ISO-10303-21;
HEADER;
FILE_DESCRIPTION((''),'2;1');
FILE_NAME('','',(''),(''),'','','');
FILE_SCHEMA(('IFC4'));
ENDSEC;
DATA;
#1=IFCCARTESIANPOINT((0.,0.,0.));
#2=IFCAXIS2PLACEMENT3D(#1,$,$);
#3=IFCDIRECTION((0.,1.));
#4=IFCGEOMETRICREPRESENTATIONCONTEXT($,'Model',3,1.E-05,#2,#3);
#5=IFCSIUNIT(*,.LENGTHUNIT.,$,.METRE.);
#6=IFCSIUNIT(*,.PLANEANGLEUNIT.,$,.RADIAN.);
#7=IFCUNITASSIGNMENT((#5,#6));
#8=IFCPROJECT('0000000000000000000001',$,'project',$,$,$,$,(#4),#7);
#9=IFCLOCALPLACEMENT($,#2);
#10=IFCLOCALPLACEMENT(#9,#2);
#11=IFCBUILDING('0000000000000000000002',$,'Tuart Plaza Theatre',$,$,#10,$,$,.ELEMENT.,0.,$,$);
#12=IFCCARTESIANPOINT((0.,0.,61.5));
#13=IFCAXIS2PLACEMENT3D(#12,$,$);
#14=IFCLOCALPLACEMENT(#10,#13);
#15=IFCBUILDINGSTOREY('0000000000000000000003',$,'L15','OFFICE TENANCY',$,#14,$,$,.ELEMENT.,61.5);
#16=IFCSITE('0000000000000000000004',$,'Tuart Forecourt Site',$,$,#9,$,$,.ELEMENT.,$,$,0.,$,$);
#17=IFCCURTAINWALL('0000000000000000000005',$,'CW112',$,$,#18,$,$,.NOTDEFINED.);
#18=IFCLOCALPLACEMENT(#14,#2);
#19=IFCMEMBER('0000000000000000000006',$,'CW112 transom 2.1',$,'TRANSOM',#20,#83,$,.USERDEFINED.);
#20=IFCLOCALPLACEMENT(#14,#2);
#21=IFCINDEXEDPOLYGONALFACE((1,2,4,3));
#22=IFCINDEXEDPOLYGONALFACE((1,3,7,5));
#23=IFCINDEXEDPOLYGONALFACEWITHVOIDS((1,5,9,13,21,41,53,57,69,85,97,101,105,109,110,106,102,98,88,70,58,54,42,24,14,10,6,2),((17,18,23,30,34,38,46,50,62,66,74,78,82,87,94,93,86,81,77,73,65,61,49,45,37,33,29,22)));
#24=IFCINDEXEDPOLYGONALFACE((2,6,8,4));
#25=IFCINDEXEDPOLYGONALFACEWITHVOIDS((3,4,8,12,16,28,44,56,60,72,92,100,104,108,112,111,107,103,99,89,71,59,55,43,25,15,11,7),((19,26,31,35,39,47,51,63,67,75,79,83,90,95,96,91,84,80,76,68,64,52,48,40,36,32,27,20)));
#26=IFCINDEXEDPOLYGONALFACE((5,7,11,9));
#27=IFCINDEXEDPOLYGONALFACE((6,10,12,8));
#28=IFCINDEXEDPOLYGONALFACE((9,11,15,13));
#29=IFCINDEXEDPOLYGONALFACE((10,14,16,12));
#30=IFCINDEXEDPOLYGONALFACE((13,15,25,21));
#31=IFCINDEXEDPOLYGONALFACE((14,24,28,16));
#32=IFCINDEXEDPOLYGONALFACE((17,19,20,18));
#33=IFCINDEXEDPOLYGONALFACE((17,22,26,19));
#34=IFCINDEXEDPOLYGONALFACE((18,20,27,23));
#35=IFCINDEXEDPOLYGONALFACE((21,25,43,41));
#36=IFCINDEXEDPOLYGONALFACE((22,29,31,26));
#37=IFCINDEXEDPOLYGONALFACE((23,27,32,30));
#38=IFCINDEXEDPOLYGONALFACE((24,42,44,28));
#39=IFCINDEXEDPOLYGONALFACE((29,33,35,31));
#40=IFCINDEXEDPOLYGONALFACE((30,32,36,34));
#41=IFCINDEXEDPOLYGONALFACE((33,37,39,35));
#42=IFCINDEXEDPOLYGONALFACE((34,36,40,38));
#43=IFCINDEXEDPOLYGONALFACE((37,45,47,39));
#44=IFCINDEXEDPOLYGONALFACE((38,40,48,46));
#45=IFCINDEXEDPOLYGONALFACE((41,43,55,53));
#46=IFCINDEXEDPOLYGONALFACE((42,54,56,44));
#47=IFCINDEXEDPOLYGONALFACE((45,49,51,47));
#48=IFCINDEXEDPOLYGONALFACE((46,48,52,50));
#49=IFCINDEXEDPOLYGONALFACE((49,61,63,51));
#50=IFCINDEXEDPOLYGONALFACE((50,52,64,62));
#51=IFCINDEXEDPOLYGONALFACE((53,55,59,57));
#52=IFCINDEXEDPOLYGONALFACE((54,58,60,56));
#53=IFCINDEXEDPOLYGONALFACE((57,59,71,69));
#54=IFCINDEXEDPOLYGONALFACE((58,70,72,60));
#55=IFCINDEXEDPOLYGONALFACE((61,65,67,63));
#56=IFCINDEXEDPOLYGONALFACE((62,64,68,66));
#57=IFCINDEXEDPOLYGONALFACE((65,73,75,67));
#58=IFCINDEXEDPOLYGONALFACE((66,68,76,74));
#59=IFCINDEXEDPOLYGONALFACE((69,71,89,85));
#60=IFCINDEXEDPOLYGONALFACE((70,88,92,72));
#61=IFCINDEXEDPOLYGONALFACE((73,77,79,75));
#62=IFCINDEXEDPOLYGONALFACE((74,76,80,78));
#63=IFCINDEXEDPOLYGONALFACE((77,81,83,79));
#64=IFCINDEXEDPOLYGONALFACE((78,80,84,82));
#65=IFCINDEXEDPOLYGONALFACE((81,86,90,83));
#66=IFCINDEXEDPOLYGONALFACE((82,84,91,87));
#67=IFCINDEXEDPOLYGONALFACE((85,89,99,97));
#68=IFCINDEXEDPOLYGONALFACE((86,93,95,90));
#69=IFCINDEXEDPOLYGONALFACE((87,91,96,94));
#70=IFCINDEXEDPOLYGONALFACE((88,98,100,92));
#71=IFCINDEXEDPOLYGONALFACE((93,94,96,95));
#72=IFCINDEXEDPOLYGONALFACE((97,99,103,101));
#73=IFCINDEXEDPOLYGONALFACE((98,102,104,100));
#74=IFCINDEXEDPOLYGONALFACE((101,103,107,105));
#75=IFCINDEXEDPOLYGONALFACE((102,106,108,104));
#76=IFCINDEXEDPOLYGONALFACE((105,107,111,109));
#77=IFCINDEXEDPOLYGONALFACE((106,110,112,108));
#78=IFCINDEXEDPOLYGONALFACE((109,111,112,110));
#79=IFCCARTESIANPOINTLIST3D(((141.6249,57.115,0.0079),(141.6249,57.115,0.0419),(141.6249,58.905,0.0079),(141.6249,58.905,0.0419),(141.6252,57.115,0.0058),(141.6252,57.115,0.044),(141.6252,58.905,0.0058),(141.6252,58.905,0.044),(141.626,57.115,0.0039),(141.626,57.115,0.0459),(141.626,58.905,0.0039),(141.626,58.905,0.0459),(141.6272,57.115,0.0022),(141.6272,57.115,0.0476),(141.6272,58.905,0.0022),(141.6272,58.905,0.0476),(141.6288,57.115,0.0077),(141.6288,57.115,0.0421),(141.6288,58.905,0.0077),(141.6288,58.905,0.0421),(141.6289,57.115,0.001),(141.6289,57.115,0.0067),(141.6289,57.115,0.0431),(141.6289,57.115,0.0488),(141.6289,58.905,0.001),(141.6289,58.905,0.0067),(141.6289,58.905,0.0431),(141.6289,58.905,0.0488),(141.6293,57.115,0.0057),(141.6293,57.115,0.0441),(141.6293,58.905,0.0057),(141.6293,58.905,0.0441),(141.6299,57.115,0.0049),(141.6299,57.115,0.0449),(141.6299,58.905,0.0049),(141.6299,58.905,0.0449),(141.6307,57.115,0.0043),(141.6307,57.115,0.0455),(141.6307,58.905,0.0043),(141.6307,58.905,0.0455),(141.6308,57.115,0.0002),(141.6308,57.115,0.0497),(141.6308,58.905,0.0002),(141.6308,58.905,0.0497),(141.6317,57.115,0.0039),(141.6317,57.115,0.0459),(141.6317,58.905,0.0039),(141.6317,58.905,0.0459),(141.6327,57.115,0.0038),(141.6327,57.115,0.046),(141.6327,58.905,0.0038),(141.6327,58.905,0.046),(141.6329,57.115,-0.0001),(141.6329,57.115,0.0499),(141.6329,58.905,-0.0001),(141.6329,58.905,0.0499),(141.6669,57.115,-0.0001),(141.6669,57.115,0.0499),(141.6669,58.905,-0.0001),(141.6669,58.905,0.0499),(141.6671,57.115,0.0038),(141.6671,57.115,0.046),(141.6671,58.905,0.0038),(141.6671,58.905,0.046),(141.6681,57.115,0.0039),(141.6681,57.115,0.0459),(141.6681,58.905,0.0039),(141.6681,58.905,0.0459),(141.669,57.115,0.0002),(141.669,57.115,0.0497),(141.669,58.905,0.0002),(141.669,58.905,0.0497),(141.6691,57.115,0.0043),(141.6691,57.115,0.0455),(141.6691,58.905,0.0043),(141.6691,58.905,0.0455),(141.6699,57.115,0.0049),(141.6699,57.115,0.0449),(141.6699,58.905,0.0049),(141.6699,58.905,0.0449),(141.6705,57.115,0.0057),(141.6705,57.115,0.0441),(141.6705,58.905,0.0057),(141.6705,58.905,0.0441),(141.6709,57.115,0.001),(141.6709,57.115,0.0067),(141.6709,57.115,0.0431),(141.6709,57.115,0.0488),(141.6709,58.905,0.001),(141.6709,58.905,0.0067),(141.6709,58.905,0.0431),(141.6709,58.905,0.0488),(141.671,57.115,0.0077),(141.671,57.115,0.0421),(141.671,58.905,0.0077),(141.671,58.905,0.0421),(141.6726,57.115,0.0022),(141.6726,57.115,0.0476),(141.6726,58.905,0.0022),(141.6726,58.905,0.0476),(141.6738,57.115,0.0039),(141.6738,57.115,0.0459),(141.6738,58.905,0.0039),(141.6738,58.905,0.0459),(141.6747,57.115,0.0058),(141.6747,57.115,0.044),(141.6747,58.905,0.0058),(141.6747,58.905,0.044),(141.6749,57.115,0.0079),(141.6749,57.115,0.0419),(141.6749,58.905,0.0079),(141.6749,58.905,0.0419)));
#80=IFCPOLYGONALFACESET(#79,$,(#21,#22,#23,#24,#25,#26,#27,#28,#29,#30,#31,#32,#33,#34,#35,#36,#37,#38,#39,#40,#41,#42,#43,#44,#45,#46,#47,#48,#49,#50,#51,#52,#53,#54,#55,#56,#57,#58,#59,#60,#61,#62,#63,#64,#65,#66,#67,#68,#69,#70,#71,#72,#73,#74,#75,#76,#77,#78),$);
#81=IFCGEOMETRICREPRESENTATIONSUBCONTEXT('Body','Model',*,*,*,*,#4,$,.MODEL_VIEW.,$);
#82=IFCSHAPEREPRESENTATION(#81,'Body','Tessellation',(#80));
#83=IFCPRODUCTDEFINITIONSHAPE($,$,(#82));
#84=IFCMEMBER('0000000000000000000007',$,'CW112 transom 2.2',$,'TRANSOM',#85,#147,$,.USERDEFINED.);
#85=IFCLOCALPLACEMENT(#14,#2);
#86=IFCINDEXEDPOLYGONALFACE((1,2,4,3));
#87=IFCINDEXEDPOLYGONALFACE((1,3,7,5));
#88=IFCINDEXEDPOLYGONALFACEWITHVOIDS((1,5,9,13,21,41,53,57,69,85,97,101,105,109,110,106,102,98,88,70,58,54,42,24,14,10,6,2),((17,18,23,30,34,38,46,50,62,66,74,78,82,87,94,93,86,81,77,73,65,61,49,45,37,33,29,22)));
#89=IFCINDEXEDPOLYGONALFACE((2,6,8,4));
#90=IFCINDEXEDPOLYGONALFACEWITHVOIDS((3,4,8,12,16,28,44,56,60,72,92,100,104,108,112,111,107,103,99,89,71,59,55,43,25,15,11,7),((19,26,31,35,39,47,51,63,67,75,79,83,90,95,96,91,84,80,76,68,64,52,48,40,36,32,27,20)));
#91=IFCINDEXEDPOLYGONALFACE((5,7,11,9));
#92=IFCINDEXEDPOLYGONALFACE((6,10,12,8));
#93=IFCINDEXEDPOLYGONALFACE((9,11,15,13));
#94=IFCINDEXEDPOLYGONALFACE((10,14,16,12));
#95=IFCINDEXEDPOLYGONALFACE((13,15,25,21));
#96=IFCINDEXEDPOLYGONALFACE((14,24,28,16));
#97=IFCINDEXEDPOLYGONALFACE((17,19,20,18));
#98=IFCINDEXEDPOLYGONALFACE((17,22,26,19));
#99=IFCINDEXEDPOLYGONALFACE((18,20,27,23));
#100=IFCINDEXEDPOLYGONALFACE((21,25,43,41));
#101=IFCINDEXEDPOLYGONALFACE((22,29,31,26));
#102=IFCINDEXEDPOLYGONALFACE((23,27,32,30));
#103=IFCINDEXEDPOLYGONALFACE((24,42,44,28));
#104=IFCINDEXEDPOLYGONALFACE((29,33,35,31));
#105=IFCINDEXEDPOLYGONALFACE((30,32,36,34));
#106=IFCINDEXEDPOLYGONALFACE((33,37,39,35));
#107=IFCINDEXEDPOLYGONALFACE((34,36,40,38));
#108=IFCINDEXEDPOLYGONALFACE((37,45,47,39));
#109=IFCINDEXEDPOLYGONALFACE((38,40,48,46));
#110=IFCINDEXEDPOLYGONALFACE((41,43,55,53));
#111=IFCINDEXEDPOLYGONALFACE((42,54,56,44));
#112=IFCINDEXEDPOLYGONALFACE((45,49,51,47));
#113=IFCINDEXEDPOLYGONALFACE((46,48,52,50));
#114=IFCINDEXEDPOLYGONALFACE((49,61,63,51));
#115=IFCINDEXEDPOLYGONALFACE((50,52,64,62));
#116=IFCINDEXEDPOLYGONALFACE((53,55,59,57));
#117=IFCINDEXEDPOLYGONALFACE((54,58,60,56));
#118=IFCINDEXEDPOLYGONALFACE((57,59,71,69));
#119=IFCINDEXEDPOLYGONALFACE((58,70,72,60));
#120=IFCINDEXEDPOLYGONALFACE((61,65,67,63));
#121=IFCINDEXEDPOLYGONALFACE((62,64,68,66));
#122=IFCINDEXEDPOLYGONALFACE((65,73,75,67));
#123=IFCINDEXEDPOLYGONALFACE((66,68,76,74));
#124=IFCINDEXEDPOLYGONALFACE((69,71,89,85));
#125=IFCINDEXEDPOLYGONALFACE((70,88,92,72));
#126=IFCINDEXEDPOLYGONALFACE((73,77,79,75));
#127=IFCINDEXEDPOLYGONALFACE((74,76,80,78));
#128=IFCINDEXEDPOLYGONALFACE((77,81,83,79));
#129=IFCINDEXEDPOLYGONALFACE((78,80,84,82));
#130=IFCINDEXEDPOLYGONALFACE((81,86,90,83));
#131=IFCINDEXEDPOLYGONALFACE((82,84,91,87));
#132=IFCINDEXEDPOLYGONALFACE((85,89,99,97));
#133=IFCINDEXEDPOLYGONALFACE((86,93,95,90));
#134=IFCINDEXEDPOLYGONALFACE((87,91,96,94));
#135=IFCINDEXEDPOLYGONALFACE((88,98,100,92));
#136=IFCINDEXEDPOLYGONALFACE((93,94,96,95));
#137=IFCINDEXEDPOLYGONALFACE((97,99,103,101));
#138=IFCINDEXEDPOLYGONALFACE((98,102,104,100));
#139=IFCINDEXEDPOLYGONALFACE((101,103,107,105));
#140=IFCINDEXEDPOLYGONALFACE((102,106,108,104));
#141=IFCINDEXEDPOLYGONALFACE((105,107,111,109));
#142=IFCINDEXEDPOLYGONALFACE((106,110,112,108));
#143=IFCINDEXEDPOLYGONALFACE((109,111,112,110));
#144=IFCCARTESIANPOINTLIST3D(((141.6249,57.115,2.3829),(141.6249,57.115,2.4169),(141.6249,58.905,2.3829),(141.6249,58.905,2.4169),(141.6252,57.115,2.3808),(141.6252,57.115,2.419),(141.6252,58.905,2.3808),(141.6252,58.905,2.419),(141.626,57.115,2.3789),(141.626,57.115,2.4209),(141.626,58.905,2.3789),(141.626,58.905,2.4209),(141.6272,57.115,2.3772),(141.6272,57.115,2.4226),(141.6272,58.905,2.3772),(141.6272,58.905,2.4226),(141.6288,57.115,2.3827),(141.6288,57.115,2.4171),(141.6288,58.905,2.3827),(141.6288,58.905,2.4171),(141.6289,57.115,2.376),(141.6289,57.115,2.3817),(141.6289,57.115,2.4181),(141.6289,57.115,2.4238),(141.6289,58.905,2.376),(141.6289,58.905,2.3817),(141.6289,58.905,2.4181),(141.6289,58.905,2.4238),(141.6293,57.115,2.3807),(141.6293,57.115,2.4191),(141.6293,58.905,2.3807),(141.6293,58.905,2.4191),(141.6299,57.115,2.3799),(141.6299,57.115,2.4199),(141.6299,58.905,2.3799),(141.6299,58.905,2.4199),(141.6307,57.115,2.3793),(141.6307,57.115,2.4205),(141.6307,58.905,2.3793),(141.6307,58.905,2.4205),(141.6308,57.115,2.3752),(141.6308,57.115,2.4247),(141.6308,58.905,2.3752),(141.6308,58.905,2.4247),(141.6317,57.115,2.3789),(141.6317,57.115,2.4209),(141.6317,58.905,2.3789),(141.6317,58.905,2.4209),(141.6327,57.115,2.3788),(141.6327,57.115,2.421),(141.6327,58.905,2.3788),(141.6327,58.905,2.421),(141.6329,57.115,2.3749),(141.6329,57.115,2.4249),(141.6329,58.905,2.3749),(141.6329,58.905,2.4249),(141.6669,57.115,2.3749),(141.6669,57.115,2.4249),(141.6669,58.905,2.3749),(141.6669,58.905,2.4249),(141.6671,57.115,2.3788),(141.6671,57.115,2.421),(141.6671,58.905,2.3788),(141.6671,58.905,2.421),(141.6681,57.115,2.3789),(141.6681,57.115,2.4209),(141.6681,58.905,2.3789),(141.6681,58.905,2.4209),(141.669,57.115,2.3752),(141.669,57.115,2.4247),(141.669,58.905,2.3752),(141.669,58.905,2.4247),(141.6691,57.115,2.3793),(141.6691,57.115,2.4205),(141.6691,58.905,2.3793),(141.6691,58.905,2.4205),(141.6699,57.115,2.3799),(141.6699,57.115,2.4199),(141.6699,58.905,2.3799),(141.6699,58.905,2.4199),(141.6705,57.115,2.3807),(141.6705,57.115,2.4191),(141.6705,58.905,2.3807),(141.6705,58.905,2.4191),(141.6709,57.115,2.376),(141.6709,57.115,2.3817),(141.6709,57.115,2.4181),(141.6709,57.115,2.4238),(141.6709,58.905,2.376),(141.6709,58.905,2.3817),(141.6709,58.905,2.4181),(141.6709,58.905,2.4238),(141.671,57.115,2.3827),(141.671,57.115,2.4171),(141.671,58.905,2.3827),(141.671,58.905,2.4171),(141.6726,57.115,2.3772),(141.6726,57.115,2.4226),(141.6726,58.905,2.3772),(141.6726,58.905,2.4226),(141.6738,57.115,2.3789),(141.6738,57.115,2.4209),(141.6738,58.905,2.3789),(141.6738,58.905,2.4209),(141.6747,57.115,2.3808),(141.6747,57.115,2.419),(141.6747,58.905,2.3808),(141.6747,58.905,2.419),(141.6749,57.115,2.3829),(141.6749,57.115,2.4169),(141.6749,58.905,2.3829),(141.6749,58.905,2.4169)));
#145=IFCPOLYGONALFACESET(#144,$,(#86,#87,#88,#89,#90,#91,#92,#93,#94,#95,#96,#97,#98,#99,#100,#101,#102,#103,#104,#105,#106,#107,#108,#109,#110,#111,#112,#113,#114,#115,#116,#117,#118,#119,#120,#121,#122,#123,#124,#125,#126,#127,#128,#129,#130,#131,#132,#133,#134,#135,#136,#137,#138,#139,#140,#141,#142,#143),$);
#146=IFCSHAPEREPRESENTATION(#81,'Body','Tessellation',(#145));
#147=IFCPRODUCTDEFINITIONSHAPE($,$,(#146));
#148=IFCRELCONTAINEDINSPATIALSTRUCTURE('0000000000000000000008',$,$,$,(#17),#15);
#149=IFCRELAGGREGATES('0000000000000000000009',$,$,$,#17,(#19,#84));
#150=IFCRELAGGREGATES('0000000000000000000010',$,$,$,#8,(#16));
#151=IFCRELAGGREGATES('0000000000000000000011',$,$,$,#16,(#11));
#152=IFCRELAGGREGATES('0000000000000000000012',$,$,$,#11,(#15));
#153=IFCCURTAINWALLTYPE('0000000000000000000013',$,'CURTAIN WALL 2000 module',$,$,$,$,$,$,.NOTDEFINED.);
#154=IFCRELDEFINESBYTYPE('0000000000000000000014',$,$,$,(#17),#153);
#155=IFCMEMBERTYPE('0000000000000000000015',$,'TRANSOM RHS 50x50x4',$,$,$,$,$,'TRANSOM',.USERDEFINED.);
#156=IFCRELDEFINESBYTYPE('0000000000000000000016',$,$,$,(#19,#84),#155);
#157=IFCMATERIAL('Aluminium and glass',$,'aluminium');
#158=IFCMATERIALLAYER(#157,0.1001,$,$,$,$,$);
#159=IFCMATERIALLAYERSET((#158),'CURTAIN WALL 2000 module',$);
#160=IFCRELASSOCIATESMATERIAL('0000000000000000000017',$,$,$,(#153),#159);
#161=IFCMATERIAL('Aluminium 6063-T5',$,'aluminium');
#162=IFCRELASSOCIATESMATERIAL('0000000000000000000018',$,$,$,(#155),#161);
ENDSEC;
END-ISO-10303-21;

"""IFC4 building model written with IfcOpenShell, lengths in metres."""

from ifc_helpers import new_model, si_unit, direction, frame, origin, origin_2d, place, context, subcontext, project, spatial, hollow_rectangle, extrude, material, layer, layer_set, material_profile, profile_set, type_object, element, aggregate, save


model = new_model("IFC4")

# Units and contexts
model_context = context("Model", 3, precision=1e-05, world=origin(), true_north=direction((0.0, 1.0)))
body_context = subcontext(model_context, "Body", "Model", "MODEL_VIEW")
ifc_project = project(units=[si_unit("LENGTHUNIT", "METRE"), si_unit("PLANEANGLEUNIT", "RADIAN")], contexts=[model_context])

# Site, building, storey
site_placement = place(None, origin())
site = spatial("IfcSite", under=ifc_project, at=site_placement, Name="Tuart Forecourt Site", CompositionType="ELEMENT", RefElevation=0.0)
building_placement = place(site_placement, origin())
building = spatial("IfcBuilding", under=site, at=building_placement, Name="Tuart Plaza Theatre", CompositionType="ELEMENT", ElevationOfRefHeight=0.0)
storey_placement = place(building_placement, frame((0.0, 0.0, 61.5)))
storey = spatial("IfcBuildingStorey", under=building, at=storey_placement, Name="L15", Description="OFFICE TENANCY", CompositionType="ELEMENT", Elevation=61.5)

# Curtain wall
ifc_material_1 = material(Name="Aluminium and glass", Category="aluminium")
ifc_layer_1 = layer(ifc_material_1, 0.1001)
ifc_layer_set_1 = layer_set([ifc_layer_1], Name="CURTAIN WALL 2000 module")
curtain_wall_type = type_object("IfcCurtainWallType", Name="CURTAIN WALL 2000 module", PredefinedType="NOTDEFINED", material=ifc_layer_set_1)
curtain_wall_1_placement = place(storey_placement, origin())
curtain_wall_1 = element("IfcCurtainWall", 1, at=curtain_wall_1_placement, inside=storey, type_object=curtain_wall_type, Name="CW112", PredefinedType="NOTDEFINED")

# Members
ifc_material_2 = material(Name="Aluminium 6063-T5", Category="aluminium")
ifc_material_profile_1 = material_profile(ifc_material_2, hollow_rectangle(XDim=0.05, YDim=0.05, WallThickness=0.0039, InnerFilletRadius=0.0039, OuterFilletRadius=0.0081, at=origin_2d()), Name="RHS 50x50x4")
ifc_profile_set_1 = profile_set([ifc_material_profile_1], Name="Aluminium 6063-T5")
member_type_1 = type_object("IfcMemberType", Name="TRANSOM RHS 50x50x4", ElementType="TRANSOM", PredefinedType="USERDEFINED", material=ifc_profile_set_1)
member_1_placement = place(storey_placement, frame((141.6499, 57.115, 0.0249), z_axis=(0.0, 1.0, 0.0), x_axis=(-1.0, 0.0, 0.0)))
member_1 = element("IfcMember", 2, at=member_1_placement, type_object=member_type_1, Name="CW112 transom 2.1", ObjectType="TRANSOM", PredefinedType="USERDEFINED", context=body_context, shape_type="SweptSolid", body=[
    extrude(hollow_rectangle(XDim=0.05, YDim=0.05, WallThickness=0.0039, InnerFilletRadius=0.0039, OuterFilletRadius=0.0081, at=origin_2d()), origin(), (0.0, 0.0, 1.0), 1.79),
])
member_2_placement = place(storey_placement, frame((141.6499, 57.115, 2.3999), z_axis=(0.0, 1.0, 0.0), x_axis=(-1.0, 0.0, 0.0)))
member_2 = element("IfcMember", 3, at=member_2_placement, type_object=member_type_1, Name="CW112 transom 2.2", ObjectType="TRANSOM", PredefinedType="USERDEFINED", context=body_context, shape_type="SweptSolid", body=[
    extrude(hollow_rectangle(XDim=0.05, YDim=0.05, WallThickness=0.0039, InnerFilletRadius=0.0039, OuterFilletRadius=0.0081, at=origin_2d()), origin(), (0.0, 0.0, 1.0), 1.79),
])

aggregate(curtain_wall_1, [member_1, member_2])

save(model, "model.ifc")
